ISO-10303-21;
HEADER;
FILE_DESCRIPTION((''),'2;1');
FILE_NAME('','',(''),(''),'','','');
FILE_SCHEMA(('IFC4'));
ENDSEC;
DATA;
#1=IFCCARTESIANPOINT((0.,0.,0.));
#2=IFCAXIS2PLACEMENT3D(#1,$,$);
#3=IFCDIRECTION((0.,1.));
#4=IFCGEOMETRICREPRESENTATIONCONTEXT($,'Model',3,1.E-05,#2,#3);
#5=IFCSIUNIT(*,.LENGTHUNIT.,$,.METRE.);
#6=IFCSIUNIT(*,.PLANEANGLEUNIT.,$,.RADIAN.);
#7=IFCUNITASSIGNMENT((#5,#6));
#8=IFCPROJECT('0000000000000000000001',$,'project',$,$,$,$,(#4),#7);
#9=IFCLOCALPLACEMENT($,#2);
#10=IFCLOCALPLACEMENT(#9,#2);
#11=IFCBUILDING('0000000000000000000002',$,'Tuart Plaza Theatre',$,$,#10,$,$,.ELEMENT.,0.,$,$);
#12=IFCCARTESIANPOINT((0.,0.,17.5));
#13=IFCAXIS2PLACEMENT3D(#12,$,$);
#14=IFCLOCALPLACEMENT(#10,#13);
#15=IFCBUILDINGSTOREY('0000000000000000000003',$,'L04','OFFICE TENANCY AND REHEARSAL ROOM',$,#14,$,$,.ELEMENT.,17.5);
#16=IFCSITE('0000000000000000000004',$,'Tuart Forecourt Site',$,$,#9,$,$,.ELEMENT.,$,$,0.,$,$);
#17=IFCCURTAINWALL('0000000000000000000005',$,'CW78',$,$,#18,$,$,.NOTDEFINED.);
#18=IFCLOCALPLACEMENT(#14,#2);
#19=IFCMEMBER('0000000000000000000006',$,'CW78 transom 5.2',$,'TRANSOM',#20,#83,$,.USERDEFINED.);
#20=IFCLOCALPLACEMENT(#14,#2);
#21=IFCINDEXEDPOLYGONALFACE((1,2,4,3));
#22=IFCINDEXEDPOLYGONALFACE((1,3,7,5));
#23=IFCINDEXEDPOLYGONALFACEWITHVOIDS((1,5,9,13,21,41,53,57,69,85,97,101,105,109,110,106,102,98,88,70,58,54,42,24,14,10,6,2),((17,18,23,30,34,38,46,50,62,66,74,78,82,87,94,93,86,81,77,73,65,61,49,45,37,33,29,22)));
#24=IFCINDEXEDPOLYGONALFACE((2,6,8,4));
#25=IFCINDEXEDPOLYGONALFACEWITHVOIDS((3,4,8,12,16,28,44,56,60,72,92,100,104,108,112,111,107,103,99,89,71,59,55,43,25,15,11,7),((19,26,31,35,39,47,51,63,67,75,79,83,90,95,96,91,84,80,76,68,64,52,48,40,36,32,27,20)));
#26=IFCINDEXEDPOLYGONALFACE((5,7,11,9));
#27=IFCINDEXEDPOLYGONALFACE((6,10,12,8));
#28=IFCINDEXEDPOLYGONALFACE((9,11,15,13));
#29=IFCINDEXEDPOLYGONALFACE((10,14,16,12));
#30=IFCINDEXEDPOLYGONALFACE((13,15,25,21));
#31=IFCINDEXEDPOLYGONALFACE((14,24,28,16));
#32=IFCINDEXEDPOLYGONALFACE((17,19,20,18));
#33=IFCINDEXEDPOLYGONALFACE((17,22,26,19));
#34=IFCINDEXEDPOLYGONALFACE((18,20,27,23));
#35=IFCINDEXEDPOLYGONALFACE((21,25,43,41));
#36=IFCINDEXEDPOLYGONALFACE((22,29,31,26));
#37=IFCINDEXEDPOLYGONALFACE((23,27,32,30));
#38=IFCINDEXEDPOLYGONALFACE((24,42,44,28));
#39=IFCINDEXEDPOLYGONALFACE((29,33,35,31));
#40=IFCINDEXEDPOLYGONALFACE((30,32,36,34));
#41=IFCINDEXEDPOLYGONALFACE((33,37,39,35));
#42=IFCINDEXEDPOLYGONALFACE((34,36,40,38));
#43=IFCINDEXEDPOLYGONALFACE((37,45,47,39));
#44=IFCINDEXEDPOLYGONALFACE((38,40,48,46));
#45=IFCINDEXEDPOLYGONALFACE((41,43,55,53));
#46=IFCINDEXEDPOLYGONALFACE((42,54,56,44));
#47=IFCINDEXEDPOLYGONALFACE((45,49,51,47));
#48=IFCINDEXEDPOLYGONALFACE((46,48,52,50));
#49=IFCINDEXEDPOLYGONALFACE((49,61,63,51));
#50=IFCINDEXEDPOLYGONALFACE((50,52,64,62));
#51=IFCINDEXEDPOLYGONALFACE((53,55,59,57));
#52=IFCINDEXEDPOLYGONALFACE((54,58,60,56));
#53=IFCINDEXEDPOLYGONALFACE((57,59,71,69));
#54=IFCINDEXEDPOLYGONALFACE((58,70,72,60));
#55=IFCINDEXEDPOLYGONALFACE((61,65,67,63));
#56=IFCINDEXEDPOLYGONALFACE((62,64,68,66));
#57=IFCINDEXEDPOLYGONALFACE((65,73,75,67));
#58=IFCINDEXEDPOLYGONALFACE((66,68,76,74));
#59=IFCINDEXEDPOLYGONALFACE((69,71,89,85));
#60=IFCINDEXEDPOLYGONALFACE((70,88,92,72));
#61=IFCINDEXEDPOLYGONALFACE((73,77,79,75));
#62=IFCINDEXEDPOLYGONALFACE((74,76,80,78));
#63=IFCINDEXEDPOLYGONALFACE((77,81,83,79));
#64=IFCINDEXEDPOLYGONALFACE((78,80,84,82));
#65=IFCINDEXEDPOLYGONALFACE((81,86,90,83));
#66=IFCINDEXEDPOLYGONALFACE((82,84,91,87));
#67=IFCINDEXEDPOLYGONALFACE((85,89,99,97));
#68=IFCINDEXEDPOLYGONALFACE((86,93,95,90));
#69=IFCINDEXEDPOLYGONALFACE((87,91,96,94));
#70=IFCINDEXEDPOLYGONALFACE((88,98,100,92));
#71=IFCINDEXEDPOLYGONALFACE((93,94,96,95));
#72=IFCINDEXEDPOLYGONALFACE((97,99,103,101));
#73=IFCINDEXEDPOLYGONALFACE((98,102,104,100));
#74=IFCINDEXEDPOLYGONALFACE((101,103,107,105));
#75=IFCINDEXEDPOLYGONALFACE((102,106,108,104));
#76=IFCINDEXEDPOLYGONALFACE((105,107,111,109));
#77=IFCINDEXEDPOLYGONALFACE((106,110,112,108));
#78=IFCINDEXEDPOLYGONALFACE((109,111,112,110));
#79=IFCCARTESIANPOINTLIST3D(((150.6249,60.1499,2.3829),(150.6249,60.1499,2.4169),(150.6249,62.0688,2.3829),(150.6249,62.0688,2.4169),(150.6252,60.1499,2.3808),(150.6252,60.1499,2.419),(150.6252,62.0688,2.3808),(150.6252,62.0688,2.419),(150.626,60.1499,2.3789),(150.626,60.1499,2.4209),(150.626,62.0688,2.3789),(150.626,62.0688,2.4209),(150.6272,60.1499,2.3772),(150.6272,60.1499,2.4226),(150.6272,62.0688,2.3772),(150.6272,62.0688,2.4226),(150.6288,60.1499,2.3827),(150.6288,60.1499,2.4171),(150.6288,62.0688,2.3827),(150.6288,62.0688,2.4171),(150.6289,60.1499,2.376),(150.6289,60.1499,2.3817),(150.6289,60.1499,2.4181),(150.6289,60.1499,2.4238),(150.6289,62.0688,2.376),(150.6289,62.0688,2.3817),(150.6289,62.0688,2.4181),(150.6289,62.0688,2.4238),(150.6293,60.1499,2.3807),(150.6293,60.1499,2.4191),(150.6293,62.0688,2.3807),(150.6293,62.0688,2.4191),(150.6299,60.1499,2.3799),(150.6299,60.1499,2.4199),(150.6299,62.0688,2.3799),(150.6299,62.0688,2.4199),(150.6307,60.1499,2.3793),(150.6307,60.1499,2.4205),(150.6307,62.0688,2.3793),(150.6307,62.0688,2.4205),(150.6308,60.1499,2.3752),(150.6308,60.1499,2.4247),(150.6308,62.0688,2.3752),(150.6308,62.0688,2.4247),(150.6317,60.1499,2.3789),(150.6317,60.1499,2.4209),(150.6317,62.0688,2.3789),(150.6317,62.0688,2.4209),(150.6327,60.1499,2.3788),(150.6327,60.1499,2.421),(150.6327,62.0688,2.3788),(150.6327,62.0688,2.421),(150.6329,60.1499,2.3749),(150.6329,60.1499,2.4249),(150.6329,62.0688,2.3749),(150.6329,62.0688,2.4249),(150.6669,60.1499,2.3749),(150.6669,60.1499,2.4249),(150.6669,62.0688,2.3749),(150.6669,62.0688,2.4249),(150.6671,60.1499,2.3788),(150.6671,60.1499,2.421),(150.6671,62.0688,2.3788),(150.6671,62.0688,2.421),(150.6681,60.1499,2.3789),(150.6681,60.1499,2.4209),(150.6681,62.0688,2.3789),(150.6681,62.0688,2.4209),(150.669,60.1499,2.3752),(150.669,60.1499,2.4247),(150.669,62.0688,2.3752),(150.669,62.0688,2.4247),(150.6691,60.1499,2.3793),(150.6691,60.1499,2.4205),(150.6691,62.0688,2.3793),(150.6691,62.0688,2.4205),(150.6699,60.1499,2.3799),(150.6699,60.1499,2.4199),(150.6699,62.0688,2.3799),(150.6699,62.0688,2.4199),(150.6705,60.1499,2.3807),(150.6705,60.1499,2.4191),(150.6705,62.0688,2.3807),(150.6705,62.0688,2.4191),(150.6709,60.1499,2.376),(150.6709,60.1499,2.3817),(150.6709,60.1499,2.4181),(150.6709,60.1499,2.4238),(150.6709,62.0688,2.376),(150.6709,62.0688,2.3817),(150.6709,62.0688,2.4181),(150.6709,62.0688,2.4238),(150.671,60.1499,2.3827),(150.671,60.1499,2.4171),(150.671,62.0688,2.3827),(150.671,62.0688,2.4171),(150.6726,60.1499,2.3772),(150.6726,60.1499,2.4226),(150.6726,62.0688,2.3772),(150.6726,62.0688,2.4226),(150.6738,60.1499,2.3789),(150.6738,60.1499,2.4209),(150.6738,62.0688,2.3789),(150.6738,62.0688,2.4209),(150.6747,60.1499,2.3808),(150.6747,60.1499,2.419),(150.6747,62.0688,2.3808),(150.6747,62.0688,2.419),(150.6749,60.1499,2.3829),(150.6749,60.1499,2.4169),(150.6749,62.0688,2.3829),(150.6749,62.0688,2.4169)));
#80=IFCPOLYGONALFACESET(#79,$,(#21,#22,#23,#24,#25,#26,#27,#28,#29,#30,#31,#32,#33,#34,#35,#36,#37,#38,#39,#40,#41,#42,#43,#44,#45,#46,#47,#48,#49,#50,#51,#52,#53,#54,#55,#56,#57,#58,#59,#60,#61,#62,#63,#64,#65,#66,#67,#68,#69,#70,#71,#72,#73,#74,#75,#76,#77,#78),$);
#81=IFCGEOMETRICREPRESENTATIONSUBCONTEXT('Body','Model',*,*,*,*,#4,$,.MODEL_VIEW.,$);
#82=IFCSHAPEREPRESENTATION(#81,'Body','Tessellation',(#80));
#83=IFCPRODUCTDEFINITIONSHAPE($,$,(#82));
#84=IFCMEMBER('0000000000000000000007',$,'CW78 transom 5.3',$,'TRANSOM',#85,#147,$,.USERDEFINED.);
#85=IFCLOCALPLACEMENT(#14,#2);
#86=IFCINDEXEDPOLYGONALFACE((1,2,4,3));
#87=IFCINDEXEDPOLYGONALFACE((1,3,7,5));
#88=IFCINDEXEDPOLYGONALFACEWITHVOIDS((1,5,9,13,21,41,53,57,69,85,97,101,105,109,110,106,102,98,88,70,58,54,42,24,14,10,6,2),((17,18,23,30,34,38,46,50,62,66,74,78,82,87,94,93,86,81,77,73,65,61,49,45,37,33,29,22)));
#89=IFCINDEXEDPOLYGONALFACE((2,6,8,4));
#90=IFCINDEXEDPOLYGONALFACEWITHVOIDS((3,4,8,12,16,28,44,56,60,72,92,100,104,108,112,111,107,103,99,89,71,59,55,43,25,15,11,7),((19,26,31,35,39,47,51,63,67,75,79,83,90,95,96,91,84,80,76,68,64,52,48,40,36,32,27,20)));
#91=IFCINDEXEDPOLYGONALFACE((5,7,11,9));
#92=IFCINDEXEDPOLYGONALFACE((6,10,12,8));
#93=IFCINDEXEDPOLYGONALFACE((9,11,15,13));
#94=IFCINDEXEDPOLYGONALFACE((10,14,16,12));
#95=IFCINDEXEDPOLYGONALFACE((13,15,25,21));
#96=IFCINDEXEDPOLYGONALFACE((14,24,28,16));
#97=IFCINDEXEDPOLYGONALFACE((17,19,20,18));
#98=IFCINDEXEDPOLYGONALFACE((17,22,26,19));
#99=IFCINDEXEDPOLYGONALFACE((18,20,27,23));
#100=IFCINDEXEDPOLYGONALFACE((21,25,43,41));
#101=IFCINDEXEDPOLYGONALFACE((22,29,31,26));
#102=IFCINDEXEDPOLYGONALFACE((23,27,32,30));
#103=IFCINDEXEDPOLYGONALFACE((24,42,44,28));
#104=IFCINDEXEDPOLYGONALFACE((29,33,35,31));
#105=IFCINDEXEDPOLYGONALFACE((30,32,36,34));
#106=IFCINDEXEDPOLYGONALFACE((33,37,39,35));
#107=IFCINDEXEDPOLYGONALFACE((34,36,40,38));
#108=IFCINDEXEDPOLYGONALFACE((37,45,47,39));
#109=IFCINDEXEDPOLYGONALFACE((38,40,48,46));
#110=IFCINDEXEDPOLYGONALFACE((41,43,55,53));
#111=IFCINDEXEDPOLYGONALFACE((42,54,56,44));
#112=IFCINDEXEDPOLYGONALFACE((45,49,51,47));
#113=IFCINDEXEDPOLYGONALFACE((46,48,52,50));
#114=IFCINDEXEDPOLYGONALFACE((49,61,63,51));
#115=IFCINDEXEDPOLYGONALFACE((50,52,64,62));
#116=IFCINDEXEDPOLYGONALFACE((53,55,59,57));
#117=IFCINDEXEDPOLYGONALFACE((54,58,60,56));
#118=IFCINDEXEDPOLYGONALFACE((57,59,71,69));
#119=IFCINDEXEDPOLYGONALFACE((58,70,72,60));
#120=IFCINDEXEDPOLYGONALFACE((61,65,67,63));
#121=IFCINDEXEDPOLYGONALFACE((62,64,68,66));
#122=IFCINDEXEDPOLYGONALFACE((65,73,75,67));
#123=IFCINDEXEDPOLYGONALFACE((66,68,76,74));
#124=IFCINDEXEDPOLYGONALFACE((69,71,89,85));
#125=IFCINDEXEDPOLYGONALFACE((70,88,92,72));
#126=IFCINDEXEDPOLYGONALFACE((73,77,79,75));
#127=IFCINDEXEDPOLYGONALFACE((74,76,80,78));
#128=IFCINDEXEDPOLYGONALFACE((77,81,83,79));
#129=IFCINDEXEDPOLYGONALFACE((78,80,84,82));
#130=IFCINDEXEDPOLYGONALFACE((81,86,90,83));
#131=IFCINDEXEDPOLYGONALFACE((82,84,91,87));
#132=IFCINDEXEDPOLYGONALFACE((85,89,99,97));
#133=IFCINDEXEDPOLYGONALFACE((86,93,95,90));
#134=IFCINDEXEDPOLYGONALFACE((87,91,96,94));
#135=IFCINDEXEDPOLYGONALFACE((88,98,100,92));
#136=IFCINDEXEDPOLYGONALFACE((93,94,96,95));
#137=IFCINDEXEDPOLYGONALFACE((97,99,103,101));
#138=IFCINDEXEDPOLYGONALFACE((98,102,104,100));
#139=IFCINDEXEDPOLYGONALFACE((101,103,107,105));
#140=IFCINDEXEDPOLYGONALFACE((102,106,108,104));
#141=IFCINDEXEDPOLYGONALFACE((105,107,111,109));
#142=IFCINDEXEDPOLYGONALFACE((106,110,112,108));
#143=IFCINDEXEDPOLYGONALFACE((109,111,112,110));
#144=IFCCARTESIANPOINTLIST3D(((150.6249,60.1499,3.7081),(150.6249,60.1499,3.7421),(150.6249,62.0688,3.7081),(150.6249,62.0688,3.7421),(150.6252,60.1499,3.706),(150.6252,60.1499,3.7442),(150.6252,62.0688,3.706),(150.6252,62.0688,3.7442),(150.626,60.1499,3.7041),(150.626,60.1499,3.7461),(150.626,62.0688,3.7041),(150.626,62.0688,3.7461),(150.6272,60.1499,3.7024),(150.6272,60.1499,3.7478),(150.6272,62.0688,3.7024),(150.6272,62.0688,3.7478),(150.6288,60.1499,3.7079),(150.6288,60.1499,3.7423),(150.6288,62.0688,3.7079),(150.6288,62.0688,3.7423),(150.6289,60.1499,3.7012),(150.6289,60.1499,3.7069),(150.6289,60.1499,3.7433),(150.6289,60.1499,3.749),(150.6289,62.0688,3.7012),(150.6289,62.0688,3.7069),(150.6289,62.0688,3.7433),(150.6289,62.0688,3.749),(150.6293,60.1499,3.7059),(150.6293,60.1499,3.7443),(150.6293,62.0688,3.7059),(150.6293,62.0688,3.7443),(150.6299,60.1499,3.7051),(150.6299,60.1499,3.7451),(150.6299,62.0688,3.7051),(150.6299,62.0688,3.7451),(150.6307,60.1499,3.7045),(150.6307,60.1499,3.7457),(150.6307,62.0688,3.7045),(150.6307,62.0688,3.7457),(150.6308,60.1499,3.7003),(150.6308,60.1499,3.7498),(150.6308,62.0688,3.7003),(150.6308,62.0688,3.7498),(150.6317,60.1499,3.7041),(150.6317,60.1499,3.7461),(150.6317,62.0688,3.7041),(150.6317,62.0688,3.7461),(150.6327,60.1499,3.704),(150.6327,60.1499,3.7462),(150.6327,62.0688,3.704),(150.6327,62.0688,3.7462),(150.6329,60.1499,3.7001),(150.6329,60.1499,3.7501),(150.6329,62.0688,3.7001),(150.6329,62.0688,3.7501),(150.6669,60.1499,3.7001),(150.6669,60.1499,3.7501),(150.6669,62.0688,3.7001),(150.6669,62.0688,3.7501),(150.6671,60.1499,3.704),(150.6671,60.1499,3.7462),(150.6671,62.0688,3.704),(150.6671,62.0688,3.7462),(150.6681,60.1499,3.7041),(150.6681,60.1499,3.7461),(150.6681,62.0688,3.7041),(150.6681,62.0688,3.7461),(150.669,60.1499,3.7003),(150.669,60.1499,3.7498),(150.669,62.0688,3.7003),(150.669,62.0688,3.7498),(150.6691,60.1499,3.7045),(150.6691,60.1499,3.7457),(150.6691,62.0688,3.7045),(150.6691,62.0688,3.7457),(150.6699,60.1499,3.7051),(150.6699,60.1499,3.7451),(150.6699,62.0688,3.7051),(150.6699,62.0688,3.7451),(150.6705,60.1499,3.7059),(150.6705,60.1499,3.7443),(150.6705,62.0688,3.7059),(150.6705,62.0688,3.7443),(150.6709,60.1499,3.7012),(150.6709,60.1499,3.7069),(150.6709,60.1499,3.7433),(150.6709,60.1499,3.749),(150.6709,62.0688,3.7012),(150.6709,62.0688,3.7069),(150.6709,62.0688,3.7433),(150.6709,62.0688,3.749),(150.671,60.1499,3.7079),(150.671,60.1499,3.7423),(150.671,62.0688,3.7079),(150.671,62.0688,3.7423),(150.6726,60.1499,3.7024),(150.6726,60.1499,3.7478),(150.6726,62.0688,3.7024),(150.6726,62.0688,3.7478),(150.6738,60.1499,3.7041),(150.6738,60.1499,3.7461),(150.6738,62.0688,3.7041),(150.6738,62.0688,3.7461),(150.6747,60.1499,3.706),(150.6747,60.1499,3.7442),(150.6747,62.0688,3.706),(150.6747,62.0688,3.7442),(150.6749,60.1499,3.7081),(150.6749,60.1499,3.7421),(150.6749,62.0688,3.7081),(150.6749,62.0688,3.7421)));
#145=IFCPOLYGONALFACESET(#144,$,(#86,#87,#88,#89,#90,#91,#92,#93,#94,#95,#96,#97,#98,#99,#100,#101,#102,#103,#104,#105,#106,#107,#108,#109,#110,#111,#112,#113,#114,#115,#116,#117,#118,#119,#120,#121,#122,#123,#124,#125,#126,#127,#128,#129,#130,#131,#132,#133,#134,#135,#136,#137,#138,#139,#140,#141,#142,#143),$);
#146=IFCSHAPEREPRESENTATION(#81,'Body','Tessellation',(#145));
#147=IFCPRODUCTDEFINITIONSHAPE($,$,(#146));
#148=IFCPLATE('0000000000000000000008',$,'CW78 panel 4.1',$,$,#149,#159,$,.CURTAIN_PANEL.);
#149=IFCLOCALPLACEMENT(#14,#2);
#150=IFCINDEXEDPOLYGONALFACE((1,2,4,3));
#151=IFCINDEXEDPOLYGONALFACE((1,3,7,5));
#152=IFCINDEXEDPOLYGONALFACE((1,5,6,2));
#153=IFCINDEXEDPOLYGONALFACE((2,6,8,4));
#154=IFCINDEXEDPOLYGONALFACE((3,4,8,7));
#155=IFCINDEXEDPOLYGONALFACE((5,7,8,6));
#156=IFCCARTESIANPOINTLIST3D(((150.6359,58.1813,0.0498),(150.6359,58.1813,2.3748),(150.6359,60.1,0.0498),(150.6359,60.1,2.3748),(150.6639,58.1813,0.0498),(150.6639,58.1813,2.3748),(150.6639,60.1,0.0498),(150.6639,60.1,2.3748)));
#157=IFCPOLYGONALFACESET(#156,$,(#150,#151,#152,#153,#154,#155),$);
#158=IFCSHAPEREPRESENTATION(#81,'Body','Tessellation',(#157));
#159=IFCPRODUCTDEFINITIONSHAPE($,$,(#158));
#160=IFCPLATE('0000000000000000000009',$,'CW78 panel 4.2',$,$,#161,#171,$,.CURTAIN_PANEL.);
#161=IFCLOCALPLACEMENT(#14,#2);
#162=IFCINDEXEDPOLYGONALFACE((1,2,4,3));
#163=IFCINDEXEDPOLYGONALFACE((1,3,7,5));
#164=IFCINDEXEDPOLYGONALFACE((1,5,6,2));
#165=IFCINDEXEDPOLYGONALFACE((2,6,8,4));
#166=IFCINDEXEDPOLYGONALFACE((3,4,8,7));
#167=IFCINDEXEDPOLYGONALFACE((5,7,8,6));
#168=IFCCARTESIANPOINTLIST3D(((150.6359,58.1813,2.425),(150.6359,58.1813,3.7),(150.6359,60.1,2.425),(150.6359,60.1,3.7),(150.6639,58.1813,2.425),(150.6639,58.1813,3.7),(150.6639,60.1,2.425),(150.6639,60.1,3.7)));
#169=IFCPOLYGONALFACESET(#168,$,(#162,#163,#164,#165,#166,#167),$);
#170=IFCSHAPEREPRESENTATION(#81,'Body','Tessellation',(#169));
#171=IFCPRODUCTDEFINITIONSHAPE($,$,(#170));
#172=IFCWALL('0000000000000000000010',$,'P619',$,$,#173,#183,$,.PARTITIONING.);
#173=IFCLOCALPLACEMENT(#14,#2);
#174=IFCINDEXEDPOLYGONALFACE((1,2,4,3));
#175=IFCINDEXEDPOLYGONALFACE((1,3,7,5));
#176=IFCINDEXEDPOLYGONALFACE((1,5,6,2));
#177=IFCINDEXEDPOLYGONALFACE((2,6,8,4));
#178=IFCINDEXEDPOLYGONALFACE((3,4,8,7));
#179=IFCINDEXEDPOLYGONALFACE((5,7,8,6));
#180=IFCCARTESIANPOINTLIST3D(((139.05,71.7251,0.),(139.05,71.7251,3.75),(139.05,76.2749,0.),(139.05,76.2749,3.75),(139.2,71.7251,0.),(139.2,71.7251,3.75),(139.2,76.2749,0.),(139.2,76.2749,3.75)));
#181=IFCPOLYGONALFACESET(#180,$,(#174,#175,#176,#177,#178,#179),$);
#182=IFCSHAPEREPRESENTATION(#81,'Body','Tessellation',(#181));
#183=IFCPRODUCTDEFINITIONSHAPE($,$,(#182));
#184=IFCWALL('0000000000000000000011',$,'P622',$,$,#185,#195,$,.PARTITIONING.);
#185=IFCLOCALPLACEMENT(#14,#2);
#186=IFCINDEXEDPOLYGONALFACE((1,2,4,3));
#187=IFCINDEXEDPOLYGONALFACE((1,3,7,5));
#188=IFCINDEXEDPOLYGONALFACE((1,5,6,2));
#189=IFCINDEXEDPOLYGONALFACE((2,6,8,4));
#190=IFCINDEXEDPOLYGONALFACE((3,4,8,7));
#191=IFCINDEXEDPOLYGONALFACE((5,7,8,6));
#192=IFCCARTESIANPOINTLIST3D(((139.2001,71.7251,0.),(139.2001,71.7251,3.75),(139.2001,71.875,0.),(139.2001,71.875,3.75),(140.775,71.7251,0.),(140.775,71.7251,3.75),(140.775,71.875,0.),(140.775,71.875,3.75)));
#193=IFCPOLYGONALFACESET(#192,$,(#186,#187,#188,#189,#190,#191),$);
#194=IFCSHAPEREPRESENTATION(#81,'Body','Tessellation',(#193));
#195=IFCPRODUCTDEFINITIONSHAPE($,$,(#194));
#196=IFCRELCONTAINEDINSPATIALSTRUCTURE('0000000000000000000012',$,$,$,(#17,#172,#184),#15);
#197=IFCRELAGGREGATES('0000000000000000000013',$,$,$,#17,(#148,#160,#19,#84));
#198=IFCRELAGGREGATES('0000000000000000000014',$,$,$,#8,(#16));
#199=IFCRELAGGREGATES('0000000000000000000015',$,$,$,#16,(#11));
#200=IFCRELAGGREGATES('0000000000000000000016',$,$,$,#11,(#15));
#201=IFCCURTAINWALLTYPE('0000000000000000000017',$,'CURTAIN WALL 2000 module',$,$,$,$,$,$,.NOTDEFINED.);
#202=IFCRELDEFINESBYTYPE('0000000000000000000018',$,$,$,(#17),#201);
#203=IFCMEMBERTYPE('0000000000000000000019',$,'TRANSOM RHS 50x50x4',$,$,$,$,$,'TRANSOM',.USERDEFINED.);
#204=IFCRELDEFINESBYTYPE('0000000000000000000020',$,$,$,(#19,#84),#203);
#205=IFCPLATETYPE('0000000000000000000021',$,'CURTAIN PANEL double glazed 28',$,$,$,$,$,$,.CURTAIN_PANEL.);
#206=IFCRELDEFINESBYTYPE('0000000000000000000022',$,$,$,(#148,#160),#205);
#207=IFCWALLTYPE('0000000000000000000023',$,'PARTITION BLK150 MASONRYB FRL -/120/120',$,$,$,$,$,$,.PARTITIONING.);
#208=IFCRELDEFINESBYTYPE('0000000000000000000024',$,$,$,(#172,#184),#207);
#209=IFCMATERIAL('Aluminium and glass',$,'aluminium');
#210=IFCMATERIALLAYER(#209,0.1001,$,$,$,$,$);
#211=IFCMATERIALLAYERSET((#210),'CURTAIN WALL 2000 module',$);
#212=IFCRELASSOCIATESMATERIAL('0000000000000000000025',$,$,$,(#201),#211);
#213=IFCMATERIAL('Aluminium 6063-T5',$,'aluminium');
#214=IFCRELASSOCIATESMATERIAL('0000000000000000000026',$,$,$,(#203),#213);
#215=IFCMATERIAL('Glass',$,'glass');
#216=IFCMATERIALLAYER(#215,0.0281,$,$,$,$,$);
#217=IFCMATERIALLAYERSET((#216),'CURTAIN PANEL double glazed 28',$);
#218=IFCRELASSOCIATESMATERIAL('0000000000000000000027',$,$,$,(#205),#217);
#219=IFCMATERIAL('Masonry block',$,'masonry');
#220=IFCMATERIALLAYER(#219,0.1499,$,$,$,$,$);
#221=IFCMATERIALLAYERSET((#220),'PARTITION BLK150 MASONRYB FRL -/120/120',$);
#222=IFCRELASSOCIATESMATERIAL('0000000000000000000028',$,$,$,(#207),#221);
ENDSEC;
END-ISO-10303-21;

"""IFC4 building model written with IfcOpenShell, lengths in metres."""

from ifc_helpers import new_model, si_unit, direction, frame, frame_2d, origin, origin_2d, place, context, subcontext, project, spatial, rectangle, hollow_rectangle, extrude, material, layer, layer_set, material_profile, profile_set, type_object, element, aggregate, save


model = new_model("IFC4")

# Units and contexts
model_context = context("Model", 3, precision=1e-05, world=origin(), true_north=direction((0.0, 1.0)))
body_context = subcontext(model_context, "Body", "Model", "MODEL_VIEW")
ifc_project = project(units=[si_unit("LENGTHUNIT", "METRE"), si_unit("PLANEANGLEUNIT", "RADIAN")], contexts=[model_context])

# Site, building, storey
site_placement = place(None, origin())
site = spatial("IfcSite", under=ifc_project, at=site_placement, Name="Tuart Forecourt Site", CompositionType="ELEMENT", RefElevation=0.0)
building_placement = place(site_placement, origin())
building = spatial("IfcBuilding", under=site, at=building_placement, Name="Tuart Plaza Theatre", CompositionType="ELEMENT", ElevationOfRefHeight=0.0)
storey_placement = place(building_placement, frame((0.0, 0.0, 17.5)))
storey = spatial("IfcBuildingStorey", under=building, at=storey_placement, Name="L04", Description="OFFICE TENANCY AND REHEARSAL ROOM", CompositionType="ELEMENT", Elevation=17.5)

# Curtain wall, members, plates
ifc_material_1 = material(Name="Aluminium and glass", Category="aluminium")
ifc_layer_1 = layer(ifc_material_1, 0.1001)
ifc_layer_set_1 = layer_set([ifc_layer_1], Name="CURTAIN WALL 2000 module")
curtain_wall_type = type_object("IfcCurtainWallType", Name="CURTAIN WALL 2000 module", PredefinedType="NOTDEFINED", material=ifc_layer_set_1)
curtain_wall_placement = place(storey_placement, origin())
curtain_wall = element("IfcCurtainWall", 1, at=curtain_wall_placement, inside=storey, type_object=curtain_wall_type, Name="CW78", PredefinedType="NOTDEFINED")
ifc_material_2 = material(Name="Aluminium 6063-T5", Category="aluminium")
ifc_material_profile_1 = material_profile(ifc_material_2, hollow_rectangle(XDim=0.05, YDim=0.05, WallThickness=0.0039, InnerFilletRadius=0.0039, OuterFilletRadius=0.0081, at=origin_2d()), Name="RHS 50x50x4")
ifc_profile_set_1 = profile_set([ifc_material_profile_1], Name="Aluminium 6063-T5")
member_type_1 = type_object("IfcMemberType", Name="TRANSOM RHS 50x50x4", ElementType="TRANSOM", PredefinedType="USERDEFINED", material=ifc_profile_set_1)
member_1_placement = place(storey_placement, frame((150.6499, 60.1499, 2.3999), z_axis=(0.0, 1.0, 0.0), x_axis=(-1.0, 0.0, 0.0)))
member_1 = element("IfcMember", 2, at=member_1_placement, type_object=member_type_1, Name="CW78 transom 5.2", ObjectType="TRANSOM", PredefinedType="USERDEFINED", context=body_context, shape_type="SweptSolid", body=[
    extrude(hollow_rectangle(XDim=0.05, YDim=0.05, WallThickness=0.0039, InnerFilletRadius=0.0039, OuterFilletRadius=0.0081, at=origin_2d()), origin(), (0.0, 0.0, 1.0), 1.9189),
])
member_2_placement = place(storey_placement, frame((150.6499, 60.1499, 3.7251), z_axis=(0.0, 1.0, 0.0), x_axis=(-1.0, 0.0, 0.0)))
member_2 = element("IfcMember", 3, at=member_2_placement, type_object=member_type_1, Name="CW78 transom 5.3", ObjectType="TRANSOM", PredefinedType="USERDEFINED", context=body_context, shape_type="SweptSolid", body=[
    extrude(hollow_rectangle(XDim=0.05, YDim=0.05, WallThickness=0.0039, InnerFilletRadius=0.0039, OuterFilletRadius=0.0081, at=origin_2d()), origin(), (0.0, 0.0, 1.0), 1.9189),
])
ifc_material_3 = material(Name="Glass", Category="glass")
ifc_layer_2 = layer(ifc_material_3, 0.0281)
ifc_layer_set_2 = layer_set([ifc_layer_2], Name="CURTAIN PANEL double glazed 28")
plate_type = type_object("IfcPlateType", Name="CURTAIN PANEL double glazed 28", PredefinedType="CURTAIN_PANEL", material=ifc_layer_set_2)
plate_1_placement = place(storey_placement, frame((150.6499, 59.1406, 0.0498), z_axis=(0.0, 0.0, 1.0), x_axis=(0.0, 1.0, 0.0)))
plate_1 = element("IfcPlate", 4, at=plate_1_placement, type_object=plate_type, Name="CW78 panel 4.1", PredefinedType="CURTAIN_PANEL", context=body_context, shape_type="SweptSolid", body=[
    extrude(rectangle(XDim=1.9187, YDim=0.0281, at=origin_2d()), origin(), (0.0, 0.0, 1.0), 2.325),
])
plate_2_placement = place(storey_placement, frame((150.6499, 59.1406, 2.425), z_axis=(0.0, 0.0, 1.0), x_axis=(0.0, 1.0, 0.0)))
plate_2 = element("IfcPlate", 5, at=plate_2_placement, type_object=plate_type, Name="CW78 panel 4.2", PredefinedType="CURTAIN_PANEL", context=body_context, shape_type="SweptSolid", body=[
    extrude(rectangle(XDim=1.9187, YDim=0.0281, at=origin_2d()), origin(), (0.0, 0.0, 1.0), 1.2749),
])
aggregate(curtain_wall, [plate_1, plate_2, member_1, member_2])

# Walls
ifc_material_4 = material(Name="Masonry block", Category="masonry")
ifc_layer_3 = layer(ifc_material_4, 0.1499)
ifc_layer_set_3 = layer_set([ifc_layer_3], Name="PARTITION BLK150 MASONRYB FRL -/120/120")
wall_type_1 = type_object("IfcWallType", Name="PARTITION BLK150 MASONRYB FRL -/120/120", PredefinedType="PARTITIONING", material=ifc_layer_set_3)
wall_1_placement = place(storey_placement, frame((139.125, 71.7251, 0.0), z_axis=(0.0, 0.0, 1.0), x_axis=(0.0, 1.0, 0.0)))
element("IfcWall", 6, at=wall_1_placement, inside=storey, type_object=wall_type_1, Name="P619", PredefinedType="PARTITIONING", context=body_context, shape_type="SweptSolid", body=[
    extrude(rectangle(XDim=4.5498, YDim=0.1499, at=frame_2d((2.2749, 0.0))), origin(), (0.0, 0.0, 1.0), 3.75),
])
wall_2_placement = place(storey_placement, frame((139.2, 71.8, 0.0), z_axis=(0.0, 0.0, 1.0), x_axis=(1.0, 0.0, 0.0)))
element("IfcWall", 7, at=wall_2_placement, inside=storey, type_object=wall_type_1, Name="P622", PredefinedType="PARTITIONING", context=body_context, shape_type="SweptSolid", body=[
    extrude(rectangle(XDim=1.575, YDim=0.1499, at=frame_2d((0.7876, 0.0))), origin(), (0.0, 0.0, 1.0), 3.75),
])

save(model, "model.ifc")
